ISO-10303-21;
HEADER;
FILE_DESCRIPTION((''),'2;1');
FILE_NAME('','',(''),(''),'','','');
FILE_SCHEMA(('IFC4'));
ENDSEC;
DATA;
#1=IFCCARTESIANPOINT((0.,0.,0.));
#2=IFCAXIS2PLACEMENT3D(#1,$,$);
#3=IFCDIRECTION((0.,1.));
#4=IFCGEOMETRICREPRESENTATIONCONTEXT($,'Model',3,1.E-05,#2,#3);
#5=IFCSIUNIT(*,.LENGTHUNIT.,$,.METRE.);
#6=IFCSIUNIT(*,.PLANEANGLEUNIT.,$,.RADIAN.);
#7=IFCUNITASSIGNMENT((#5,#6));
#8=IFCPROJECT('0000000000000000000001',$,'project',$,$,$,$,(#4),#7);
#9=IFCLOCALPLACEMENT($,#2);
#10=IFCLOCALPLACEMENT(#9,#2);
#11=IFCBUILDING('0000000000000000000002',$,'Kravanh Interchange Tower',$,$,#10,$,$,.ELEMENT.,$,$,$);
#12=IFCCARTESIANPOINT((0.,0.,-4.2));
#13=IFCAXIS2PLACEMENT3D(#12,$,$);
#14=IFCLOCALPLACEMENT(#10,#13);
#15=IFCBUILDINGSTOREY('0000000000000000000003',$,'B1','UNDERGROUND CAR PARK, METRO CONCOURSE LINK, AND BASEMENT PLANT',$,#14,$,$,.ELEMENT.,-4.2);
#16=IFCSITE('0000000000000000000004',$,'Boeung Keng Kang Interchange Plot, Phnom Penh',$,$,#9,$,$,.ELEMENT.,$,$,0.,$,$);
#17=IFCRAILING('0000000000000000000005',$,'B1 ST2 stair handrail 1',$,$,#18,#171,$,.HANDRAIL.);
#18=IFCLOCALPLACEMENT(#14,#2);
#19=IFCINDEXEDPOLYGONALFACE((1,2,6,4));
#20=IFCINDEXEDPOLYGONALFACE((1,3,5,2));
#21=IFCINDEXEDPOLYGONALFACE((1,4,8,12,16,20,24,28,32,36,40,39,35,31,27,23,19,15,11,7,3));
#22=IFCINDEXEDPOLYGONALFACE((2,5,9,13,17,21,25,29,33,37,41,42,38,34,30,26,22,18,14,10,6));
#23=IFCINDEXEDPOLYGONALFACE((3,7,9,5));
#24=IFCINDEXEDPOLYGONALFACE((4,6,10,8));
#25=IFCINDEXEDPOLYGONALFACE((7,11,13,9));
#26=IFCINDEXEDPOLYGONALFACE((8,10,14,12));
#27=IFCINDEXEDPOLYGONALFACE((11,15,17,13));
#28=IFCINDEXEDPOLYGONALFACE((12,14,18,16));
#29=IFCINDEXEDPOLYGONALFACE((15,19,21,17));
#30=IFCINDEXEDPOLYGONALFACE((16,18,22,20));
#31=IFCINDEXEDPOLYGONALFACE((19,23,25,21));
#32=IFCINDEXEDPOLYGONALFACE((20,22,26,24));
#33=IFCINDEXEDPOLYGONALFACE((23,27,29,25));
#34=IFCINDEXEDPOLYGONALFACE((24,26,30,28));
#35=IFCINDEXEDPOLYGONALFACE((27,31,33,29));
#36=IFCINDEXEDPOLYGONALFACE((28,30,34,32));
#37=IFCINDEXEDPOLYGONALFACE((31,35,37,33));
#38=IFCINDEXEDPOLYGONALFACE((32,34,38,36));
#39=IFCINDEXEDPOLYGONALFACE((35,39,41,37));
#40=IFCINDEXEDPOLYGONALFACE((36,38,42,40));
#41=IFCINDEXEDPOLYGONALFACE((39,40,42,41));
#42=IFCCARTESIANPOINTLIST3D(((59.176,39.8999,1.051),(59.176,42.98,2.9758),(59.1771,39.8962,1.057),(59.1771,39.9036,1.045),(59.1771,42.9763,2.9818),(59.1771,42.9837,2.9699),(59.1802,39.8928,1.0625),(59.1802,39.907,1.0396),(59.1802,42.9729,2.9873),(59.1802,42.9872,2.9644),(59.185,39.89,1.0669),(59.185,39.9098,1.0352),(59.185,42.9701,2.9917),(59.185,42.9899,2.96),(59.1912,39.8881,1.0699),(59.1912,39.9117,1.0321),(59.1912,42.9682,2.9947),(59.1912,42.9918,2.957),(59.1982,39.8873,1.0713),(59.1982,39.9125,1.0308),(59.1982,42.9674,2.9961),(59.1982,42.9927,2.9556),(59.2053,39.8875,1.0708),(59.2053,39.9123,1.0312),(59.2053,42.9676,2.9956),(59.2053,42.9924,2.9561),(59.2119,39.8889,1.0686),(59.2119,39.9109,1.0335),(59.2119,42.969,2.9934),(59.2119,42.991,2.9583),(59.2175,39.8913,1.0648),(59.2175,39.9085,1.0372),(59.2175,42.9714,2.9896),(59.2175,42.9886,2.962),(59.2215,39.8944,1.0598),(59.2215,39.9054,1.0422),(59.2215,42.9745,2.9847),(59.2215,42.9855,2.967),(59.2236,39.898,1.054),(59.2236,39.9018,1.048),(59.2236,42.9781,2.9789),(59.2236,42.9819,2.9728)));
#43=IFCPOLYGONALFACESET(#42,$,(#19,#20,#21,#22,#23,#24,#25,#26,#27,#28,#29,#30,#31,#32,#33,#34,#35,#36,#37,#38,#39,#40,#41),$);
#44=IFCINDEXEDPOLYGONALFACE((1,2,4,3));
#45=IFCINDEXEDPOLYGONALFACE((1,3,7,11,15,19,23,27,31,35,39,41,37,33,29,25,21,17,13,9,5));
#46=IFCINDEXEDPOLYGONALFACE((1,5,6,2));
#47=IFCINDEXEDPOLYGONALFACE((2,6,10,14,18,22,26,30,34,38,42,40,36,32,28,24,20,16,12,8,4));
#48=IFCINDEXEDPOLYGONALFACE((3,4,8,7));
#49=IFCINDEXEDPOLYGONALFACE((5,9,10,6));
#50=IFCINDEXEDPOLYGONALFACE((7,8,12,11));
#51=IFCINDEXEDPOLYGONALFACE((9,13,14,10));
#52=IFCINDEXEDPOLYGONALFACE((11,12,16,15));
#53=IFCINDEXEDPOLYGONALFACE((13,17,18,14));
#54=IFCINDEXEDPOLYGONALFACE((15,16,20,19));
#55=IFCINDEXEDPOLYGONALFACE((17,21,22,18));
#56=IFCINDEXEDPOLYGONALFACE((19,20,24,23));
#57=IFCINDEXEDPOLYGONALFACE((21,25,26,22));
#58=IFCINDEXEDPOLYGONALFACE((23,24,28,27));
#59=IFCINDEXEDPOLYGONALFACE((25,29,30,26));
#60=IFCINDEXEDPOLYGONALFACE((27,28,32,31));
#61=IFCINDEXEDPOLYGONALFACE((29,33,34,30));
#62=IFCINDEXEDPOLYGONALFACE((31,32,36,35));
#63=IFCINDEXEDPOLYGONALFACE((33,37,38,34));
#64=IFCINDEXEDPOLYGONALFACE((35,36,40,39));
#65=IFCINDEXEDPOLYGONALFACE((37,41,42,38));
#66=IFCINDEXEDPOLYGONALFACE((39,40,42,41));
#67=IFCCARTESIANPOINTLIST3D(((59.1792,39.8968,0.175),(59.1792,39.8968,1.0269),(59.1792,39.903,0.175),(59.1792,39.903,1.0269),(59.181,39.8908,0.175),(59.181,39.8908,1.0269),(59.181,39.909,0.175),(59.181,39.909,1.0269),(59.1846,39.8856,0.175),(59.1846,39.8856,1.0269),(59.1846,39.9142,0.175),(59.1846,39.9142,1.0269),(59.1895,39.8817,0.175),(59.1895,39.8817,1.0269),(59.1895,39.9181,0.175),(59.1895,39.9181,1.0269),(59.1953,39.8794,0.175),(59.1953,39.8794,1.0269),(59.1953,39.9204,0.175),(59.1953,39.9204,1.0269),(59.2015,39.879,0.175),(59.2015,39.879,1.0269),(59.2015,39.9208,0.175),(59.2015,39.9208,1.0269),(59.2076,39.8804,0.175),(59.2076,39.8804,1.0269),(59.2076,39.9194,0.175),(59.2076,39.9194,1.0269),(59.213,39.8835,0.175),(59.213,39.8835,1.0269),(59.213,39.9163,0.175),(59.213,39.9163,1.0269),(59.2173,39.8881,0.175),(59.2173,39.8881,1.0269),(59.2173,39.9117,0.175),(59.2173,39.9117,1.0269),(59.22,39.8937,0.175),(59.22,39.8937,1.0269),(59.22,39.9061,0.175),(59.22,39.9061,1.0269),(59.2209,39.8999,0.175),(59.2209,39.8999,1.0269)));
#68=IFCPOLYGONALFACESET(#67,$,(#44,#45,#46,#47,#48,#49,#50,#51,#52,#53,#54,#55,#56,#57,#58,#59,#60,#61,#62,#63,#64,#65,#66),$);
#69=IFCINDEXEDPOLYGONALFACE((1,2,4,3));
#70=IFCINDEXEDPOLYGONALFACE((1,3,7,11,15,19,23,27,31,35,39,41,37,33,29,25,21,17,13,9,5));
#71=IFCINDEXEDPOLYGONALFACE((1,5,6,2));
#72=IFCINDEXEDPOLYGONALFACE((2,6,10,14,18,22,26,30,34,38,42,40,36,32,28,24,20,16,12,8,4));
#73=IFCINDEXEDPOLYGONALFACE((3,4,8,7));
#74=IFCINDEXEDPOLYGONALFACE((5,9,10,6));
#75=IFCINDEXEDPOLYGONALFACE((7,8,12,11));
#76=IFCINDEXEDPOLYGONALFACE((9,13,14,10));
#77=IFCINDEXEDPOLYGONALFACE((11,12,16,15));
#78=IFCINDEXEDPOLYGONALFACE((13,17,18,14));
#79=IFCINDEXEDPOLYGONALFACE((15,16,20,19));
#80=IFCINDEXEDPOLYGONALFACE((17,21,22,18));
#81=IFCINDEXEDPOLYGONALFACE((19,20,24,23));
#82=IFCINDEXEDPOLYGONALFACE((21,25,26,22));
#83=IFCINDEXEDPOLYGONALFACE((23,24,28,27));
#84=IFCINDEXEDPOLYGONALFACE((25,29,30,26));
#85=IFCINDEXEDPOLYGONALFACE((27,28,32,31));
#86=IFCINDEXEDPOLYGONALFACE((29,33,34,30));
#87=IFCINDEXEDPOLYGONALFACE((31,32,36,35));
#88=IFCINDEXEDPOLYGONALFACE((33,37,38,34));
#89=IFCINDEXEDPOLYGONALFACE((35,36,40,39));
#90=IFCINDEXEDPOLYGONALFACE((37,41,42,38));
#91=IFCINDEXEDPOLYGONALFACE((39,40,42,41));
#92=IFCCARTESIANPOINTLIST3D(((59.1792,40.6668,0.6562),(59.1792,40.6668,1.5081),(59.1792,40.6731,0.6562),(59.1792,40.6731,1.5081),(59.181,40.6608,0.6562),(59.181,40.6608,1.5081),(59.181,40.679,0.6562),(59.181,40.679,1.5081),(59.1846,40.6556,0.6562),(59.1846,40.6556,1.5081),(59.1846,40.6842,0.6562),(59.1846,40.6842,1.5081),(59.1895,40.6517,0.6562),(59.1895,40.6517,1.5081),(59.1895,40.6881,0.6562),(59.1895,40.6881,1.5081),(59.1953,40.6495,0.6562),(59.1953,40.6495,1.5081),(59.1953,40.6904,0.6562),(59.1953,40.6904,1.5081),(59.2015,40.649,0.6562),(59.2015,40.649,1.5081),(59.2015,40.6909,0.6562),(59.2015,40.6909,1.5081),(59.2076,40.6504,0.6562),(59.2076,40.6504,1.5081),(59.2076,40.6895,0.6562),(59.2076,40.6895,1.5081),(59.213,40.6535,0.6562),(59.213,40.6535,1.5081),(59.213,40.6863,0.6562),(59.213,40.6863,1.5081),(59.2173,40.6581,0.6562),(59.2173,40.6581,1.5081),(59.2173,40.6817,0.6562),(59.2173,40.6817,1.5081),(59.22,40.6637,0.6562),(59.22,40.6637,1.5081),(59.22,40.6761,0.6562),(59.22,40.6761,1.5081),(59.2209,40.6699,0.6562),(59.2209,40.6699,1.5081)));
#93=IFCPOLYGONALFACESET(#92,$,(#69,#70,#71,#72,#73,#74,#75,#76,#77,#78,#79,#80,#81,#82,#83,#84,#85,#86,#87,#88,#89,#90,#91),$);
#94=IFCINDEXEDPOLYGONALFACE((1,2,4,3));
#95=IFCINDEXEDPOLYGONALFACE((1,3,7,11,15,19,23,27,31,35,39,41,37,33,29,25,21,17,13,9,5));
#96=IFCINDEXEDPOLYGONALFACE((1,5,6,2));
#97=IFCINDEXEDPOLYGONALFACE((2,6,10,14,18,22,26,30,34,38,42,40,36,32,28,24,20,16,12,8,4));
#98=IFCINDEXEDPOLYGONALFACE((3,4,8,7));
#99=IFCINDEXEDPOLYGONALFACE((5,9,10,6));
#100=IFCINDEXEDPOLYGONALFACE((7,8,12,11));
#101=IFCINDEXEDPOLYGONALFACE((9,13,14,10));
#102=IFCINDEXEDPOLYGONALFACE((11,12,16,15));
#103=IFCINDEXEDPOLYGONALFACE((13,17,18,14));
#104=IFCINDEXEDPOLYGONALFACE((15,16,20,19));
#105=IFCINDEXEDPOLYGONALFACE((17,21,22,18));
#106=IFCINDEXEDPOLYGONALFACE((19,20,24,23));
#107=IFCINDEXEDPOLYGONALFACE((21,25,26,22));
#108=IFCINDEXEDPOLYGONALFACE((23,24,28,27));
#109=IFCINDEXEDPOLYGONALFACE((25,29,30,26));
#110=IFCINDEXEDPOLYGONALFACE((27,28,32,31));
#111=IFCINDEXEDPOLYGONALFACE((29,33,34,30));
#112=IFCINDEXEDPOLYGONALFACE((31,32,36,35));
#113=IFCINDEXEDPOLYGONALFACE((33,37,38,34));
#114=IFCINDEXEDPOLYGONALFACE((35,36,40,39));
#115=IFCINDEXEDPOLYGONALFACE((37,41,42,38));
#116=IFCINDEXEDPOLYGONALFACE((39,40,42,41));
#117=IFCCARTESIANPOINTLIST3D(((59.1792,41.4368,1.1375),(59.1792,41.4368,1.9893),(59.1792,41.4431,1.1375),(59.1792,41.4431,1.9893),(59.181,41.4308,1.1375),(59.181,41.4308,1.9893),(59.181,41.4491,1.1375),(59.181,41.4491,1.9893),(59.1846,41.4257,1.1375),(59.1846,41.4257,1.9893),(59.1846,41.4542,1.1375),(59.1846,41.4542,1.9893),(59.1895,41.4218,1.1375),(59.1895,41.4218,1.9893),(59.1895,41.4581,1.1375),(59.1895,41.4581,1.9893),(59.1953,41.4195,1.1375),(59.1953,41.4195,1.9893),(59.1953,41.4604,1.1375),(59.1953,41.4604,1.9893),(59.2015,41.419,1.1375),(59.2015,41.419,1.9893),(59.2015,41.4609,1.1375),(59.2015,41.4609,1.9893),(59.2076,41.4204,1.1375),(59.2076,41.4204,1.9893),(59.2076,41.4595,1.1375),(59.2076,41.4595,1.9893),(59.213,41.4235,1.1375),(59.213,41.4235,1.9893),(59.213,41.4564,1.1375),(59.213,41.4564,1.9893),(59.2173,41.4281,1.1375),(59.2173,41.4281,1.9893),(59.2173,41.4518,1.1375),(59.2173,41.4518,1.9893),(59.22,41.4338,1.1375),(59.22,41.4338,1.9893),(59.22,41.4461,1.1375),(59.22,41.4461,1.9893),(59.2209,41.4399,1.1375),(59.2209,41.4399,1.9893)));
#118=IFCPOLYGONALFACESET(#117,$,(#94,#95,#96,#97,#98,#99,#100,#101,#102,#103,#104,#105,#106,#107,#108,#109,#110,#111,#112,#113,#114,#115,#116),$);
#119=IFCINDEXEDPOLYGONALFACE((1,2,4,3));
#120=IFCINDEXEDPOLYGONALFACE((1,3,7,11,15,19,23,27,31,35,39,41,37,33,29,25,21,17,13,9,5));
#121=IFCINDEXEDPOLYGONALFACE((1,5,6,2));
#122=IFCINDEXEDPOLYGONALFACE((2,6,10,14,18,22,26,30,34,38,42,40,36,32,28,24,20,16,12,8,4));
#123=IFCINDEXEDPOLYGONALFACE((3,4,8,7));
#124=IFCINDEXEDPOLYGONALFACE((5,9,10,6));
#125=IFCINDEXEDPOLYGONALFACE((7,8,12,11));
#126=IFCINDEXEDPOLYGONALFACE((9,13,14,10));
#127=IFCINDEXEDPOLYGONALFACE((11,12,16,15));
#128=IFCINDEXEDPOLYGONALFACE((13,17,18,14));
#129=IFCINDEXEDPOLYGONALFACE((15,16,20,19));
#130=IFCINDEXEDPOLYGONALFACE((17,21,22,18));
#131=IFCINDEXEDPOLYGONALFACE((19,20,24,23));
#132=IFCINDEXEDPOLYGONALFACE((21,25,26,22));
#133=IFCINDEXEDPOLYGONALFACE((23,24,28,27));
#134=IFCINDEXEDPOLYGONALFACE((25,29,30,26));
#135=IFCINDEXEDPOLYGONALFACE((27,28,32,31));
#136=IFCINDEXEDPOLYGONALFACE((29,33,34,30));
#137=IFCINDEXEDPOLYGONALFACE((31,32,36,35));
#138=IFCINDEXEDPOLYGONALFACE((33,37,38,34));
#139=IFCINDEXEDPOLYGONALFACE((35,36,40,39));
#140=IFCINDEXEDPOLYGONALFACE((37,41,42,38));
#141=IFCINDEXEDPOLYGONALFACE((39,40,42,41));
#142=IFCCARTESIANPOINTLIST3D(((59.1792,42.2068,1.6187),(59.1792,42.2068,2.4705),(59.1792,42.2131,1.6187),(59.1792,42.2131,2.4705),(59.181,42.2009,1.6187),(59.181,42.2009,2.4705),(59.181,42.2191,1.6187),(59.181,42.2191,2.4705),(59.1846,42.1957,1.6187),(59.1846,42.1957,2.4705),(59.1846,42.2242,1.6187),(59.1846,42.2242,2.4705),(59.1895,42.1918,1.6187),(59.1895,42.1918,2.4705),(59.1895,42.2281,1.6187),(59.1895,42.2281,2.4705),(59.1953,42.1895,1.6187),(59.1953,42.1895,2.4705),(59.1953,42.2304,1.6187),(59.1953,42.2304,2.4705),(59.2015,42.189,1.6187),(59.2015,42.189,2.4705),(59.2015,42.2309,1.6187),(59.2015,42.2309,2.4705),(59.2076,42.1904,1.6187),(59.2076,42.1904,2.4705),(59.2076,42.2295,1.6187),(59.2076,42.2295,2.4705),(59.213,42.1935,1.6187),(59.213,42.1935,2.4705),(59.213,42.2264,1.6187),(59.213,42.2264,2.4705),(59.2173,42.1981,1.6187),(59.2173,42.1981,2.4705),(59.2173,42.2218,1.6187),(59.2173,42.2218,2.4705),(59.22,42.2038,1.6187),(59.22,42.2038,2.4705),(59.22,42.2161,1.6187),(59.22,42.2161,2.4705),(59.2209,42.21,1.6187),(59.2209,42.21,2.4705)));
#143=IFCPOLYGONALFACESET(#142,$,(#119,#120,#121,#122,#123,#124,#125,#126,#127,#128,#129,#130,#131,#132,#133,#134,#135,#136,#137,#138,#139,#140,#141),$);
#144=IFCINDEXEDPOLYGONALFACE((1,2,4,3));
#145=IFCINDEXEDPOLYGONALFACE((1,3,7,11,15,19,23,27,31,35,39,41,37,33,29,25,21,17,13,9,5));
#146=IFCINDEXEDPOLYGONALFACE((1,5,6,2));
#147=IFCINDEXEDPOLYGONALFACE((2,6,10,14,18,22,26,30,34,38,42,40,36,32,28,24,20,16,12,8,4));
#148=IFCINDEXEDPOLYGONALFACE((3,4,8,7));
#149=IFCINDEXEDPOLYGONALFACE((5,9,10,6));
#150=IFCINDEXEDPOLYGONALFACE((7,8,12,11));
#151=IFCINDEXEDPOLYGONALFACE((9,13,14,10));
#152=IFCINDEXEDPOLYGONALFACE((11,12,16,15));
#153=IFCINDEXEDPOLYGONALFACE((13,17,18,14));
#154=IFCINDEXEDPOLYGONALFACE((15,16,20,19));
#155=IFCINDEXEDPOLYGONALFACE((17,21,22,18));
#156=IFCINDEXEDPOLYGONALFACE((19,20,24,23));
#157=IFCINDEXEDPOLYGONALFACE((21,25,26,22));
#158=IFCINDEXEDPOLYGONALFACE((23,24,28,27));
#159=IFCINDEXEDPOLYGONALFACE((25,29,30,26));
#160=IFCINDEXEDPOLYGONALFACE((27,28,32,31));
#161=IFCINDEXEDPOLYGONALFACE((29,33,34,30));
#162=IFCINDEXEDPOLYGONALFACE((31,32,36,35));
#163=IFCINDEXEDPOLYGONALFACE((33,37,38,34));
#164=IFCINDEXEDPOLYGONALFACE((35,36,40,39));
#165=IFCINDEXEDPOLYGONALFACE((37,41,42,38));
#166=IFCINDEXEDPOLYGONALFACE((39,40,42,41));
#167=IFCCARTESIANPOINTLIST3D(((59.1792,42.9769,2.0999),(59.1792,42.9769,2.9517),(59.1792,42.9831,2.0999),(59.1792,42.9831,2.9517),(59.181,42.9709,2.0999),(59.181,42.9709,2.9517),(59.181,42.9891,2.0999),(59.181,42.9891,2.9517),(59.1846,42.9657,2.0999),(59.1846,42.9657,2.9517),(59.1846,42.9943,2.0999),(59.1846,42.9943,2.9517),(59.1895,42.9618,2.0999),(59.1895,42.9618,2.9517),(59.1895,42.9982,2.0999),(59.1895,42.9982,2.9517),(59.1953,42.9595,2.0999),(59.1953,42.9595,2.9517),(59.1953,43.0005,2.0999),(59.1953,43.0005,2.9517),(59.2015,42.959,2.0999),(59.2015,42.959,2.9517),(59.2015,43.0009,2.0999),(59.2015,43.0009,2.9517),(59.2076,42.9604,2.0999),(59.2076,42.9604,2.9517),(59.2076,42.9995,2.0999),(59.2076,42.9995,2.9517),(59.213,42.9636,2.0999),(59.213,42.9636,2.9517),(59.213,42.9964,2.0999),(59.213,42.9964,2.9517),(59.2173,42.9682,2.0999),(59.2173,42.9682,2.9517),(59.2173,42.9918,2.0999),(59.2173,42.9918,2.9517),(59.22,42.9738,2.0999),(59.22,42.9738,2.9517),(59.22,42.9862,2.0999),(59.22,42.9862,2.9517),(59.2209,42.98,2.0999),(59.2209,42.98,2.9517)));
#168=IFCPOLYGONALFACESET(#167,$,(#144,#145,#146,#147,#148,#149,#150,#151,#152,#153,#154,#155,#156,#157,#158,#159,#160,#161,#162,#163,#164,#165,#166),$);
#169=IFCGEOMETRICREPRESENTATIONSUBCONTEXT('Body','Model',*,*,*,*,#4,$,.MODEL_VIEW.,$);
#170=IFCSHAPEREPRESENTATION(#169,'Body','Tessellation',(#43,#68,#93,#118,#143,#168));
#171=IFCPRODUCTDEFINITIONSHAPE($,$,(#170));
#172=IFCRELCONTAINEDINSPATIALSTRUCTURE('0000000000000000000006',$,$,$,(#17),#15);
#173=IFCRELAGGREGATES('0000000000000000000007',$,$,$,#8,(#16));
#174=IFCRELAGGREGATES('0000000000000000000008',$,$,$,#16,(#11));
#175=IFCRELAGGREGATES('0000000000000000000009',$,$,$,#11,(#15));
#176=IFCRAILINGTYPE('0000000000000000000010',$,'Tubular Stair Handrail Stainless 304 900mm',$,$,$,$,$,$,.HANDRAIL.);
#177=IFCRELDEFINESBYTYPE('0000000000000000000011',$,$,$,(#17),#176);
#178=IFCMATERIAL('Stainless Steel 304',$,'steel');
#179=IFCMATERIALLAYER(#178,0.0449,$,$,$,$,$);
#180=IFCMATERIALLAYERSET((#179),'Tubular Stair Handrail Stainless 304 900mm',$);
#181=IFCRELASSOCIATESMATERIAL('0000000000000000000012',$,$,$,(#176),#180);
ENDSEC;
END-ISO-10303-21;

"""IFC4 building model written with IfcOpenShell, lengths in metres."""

from ifc_helpers import new_model, si_unit, direction, frame, origin, origin_2d, place, context, subcontext, project, spatial, circle, extrude, material, layer, layer_set, type_object, element, save


model = new_model("IFC4")

# Units and contexts
model_context = context("Model", 3, precision=1e-05, world=origin(), true_north=direction((0.0, 1.0)))
body_context = subcontext(model_context, "Body", "Model", "MODEL_VIEW")
ifc_project = project(units=[si_unit("LENGTHUNIT", "METRE"), si_unit("PLANEANGLEUNIT", "RADIAN")], contexts=[model_context])

# Site, building, storey
site_placement = place(None, origin())
site = spatial("IfcSite", under=ifc_project, at=site_placement, Name="Boeung Keng Kang Interchange Plot, Phnom Penh", CompositionType="ELEMENT", RefElevation=0.0)
building_placement = place(site_placement, origin())
building = spatial("IfcBuilding", under=site, at=building_placement, Name="Kravanh Interchange Tower", CompositionType="ELEMENT")
storey_placement = place(building_placement, frame((0.0, 0.0, -4.2)))
storey = spatial("IfcBuildingStorey", under=building, at=storey_placement, Name="B1", Description="UNDERGROUND CAR PARK, METRO CONCOURSE LINK, AND BASEMENT PLANT", CompositionType="ELEMENT", Elevation=-4.2)

# Railing
ifc_material_1 = material(Name="Stainless Steel 304", Category="steel")
ifc_layer_1 = layer(ifc_material_1, 0.0449)
ifc_layer_set_1 = layer_set([ifc_layer_1], Name="Tubular Stair Handrail Stainless 304 900mm")
railing_type_1 = type_object("IfcRailingType", Name="Tubular Stair Handrail Stainless 304 900mm", PredefinedType="HANDRAIL", material=ifc_layer_set_1)
railing_1_placement = place(storey_placement, frame((59.2, 39.8999, 0.175)))
element("IfcRailing", 1, at=railing_1_placement, inside=storey, type_object=railing_type_1, Name="B1 ST2 stair handrail 1", PredefinedType="HANDRAIL", context=body_context, shape_type="SweptSolid", body=[
    extrude(circle(Radius=0.0239, at=origin_2d()), frame((0.0, 0.0, 0.876), z_axis=(0.0, 0.848029, 0.529951), x_axis=(-1.0, 0.0, 0.0)), (0.0, 0.0, 1.0), 3.6321),
    extrude(circle(Radius=0.021, at=origin_2d()), origin(), (0.0, 0.0, 1.0), 0.8518),
    extrude(circle(Radius=0.021, at=origin_2d()), frame((0.0, 0.77, 0.4812)), (0.0, 0.0, 1.0), 0.8518),
    extrude(circle(Radius=0.021, at=origin_2d()), frame((0.0, 1.54, 0.9624)), (0.0, 0.0, 1.0), 0.8518),
    extrude(circle(Radius=0.021, at=origin_2d()), frame((0.0, 2.3101, 1.4436)), (0.0, 0.0, 1.0), 0.8518),
    extrude(circle(Radius=0.021, at=origin_2d()), frame((0.0, 3.0801, 1.9248)), (0.0, 0.0, 1.0), 0.8518),
])

save(model, "model.ifc")
